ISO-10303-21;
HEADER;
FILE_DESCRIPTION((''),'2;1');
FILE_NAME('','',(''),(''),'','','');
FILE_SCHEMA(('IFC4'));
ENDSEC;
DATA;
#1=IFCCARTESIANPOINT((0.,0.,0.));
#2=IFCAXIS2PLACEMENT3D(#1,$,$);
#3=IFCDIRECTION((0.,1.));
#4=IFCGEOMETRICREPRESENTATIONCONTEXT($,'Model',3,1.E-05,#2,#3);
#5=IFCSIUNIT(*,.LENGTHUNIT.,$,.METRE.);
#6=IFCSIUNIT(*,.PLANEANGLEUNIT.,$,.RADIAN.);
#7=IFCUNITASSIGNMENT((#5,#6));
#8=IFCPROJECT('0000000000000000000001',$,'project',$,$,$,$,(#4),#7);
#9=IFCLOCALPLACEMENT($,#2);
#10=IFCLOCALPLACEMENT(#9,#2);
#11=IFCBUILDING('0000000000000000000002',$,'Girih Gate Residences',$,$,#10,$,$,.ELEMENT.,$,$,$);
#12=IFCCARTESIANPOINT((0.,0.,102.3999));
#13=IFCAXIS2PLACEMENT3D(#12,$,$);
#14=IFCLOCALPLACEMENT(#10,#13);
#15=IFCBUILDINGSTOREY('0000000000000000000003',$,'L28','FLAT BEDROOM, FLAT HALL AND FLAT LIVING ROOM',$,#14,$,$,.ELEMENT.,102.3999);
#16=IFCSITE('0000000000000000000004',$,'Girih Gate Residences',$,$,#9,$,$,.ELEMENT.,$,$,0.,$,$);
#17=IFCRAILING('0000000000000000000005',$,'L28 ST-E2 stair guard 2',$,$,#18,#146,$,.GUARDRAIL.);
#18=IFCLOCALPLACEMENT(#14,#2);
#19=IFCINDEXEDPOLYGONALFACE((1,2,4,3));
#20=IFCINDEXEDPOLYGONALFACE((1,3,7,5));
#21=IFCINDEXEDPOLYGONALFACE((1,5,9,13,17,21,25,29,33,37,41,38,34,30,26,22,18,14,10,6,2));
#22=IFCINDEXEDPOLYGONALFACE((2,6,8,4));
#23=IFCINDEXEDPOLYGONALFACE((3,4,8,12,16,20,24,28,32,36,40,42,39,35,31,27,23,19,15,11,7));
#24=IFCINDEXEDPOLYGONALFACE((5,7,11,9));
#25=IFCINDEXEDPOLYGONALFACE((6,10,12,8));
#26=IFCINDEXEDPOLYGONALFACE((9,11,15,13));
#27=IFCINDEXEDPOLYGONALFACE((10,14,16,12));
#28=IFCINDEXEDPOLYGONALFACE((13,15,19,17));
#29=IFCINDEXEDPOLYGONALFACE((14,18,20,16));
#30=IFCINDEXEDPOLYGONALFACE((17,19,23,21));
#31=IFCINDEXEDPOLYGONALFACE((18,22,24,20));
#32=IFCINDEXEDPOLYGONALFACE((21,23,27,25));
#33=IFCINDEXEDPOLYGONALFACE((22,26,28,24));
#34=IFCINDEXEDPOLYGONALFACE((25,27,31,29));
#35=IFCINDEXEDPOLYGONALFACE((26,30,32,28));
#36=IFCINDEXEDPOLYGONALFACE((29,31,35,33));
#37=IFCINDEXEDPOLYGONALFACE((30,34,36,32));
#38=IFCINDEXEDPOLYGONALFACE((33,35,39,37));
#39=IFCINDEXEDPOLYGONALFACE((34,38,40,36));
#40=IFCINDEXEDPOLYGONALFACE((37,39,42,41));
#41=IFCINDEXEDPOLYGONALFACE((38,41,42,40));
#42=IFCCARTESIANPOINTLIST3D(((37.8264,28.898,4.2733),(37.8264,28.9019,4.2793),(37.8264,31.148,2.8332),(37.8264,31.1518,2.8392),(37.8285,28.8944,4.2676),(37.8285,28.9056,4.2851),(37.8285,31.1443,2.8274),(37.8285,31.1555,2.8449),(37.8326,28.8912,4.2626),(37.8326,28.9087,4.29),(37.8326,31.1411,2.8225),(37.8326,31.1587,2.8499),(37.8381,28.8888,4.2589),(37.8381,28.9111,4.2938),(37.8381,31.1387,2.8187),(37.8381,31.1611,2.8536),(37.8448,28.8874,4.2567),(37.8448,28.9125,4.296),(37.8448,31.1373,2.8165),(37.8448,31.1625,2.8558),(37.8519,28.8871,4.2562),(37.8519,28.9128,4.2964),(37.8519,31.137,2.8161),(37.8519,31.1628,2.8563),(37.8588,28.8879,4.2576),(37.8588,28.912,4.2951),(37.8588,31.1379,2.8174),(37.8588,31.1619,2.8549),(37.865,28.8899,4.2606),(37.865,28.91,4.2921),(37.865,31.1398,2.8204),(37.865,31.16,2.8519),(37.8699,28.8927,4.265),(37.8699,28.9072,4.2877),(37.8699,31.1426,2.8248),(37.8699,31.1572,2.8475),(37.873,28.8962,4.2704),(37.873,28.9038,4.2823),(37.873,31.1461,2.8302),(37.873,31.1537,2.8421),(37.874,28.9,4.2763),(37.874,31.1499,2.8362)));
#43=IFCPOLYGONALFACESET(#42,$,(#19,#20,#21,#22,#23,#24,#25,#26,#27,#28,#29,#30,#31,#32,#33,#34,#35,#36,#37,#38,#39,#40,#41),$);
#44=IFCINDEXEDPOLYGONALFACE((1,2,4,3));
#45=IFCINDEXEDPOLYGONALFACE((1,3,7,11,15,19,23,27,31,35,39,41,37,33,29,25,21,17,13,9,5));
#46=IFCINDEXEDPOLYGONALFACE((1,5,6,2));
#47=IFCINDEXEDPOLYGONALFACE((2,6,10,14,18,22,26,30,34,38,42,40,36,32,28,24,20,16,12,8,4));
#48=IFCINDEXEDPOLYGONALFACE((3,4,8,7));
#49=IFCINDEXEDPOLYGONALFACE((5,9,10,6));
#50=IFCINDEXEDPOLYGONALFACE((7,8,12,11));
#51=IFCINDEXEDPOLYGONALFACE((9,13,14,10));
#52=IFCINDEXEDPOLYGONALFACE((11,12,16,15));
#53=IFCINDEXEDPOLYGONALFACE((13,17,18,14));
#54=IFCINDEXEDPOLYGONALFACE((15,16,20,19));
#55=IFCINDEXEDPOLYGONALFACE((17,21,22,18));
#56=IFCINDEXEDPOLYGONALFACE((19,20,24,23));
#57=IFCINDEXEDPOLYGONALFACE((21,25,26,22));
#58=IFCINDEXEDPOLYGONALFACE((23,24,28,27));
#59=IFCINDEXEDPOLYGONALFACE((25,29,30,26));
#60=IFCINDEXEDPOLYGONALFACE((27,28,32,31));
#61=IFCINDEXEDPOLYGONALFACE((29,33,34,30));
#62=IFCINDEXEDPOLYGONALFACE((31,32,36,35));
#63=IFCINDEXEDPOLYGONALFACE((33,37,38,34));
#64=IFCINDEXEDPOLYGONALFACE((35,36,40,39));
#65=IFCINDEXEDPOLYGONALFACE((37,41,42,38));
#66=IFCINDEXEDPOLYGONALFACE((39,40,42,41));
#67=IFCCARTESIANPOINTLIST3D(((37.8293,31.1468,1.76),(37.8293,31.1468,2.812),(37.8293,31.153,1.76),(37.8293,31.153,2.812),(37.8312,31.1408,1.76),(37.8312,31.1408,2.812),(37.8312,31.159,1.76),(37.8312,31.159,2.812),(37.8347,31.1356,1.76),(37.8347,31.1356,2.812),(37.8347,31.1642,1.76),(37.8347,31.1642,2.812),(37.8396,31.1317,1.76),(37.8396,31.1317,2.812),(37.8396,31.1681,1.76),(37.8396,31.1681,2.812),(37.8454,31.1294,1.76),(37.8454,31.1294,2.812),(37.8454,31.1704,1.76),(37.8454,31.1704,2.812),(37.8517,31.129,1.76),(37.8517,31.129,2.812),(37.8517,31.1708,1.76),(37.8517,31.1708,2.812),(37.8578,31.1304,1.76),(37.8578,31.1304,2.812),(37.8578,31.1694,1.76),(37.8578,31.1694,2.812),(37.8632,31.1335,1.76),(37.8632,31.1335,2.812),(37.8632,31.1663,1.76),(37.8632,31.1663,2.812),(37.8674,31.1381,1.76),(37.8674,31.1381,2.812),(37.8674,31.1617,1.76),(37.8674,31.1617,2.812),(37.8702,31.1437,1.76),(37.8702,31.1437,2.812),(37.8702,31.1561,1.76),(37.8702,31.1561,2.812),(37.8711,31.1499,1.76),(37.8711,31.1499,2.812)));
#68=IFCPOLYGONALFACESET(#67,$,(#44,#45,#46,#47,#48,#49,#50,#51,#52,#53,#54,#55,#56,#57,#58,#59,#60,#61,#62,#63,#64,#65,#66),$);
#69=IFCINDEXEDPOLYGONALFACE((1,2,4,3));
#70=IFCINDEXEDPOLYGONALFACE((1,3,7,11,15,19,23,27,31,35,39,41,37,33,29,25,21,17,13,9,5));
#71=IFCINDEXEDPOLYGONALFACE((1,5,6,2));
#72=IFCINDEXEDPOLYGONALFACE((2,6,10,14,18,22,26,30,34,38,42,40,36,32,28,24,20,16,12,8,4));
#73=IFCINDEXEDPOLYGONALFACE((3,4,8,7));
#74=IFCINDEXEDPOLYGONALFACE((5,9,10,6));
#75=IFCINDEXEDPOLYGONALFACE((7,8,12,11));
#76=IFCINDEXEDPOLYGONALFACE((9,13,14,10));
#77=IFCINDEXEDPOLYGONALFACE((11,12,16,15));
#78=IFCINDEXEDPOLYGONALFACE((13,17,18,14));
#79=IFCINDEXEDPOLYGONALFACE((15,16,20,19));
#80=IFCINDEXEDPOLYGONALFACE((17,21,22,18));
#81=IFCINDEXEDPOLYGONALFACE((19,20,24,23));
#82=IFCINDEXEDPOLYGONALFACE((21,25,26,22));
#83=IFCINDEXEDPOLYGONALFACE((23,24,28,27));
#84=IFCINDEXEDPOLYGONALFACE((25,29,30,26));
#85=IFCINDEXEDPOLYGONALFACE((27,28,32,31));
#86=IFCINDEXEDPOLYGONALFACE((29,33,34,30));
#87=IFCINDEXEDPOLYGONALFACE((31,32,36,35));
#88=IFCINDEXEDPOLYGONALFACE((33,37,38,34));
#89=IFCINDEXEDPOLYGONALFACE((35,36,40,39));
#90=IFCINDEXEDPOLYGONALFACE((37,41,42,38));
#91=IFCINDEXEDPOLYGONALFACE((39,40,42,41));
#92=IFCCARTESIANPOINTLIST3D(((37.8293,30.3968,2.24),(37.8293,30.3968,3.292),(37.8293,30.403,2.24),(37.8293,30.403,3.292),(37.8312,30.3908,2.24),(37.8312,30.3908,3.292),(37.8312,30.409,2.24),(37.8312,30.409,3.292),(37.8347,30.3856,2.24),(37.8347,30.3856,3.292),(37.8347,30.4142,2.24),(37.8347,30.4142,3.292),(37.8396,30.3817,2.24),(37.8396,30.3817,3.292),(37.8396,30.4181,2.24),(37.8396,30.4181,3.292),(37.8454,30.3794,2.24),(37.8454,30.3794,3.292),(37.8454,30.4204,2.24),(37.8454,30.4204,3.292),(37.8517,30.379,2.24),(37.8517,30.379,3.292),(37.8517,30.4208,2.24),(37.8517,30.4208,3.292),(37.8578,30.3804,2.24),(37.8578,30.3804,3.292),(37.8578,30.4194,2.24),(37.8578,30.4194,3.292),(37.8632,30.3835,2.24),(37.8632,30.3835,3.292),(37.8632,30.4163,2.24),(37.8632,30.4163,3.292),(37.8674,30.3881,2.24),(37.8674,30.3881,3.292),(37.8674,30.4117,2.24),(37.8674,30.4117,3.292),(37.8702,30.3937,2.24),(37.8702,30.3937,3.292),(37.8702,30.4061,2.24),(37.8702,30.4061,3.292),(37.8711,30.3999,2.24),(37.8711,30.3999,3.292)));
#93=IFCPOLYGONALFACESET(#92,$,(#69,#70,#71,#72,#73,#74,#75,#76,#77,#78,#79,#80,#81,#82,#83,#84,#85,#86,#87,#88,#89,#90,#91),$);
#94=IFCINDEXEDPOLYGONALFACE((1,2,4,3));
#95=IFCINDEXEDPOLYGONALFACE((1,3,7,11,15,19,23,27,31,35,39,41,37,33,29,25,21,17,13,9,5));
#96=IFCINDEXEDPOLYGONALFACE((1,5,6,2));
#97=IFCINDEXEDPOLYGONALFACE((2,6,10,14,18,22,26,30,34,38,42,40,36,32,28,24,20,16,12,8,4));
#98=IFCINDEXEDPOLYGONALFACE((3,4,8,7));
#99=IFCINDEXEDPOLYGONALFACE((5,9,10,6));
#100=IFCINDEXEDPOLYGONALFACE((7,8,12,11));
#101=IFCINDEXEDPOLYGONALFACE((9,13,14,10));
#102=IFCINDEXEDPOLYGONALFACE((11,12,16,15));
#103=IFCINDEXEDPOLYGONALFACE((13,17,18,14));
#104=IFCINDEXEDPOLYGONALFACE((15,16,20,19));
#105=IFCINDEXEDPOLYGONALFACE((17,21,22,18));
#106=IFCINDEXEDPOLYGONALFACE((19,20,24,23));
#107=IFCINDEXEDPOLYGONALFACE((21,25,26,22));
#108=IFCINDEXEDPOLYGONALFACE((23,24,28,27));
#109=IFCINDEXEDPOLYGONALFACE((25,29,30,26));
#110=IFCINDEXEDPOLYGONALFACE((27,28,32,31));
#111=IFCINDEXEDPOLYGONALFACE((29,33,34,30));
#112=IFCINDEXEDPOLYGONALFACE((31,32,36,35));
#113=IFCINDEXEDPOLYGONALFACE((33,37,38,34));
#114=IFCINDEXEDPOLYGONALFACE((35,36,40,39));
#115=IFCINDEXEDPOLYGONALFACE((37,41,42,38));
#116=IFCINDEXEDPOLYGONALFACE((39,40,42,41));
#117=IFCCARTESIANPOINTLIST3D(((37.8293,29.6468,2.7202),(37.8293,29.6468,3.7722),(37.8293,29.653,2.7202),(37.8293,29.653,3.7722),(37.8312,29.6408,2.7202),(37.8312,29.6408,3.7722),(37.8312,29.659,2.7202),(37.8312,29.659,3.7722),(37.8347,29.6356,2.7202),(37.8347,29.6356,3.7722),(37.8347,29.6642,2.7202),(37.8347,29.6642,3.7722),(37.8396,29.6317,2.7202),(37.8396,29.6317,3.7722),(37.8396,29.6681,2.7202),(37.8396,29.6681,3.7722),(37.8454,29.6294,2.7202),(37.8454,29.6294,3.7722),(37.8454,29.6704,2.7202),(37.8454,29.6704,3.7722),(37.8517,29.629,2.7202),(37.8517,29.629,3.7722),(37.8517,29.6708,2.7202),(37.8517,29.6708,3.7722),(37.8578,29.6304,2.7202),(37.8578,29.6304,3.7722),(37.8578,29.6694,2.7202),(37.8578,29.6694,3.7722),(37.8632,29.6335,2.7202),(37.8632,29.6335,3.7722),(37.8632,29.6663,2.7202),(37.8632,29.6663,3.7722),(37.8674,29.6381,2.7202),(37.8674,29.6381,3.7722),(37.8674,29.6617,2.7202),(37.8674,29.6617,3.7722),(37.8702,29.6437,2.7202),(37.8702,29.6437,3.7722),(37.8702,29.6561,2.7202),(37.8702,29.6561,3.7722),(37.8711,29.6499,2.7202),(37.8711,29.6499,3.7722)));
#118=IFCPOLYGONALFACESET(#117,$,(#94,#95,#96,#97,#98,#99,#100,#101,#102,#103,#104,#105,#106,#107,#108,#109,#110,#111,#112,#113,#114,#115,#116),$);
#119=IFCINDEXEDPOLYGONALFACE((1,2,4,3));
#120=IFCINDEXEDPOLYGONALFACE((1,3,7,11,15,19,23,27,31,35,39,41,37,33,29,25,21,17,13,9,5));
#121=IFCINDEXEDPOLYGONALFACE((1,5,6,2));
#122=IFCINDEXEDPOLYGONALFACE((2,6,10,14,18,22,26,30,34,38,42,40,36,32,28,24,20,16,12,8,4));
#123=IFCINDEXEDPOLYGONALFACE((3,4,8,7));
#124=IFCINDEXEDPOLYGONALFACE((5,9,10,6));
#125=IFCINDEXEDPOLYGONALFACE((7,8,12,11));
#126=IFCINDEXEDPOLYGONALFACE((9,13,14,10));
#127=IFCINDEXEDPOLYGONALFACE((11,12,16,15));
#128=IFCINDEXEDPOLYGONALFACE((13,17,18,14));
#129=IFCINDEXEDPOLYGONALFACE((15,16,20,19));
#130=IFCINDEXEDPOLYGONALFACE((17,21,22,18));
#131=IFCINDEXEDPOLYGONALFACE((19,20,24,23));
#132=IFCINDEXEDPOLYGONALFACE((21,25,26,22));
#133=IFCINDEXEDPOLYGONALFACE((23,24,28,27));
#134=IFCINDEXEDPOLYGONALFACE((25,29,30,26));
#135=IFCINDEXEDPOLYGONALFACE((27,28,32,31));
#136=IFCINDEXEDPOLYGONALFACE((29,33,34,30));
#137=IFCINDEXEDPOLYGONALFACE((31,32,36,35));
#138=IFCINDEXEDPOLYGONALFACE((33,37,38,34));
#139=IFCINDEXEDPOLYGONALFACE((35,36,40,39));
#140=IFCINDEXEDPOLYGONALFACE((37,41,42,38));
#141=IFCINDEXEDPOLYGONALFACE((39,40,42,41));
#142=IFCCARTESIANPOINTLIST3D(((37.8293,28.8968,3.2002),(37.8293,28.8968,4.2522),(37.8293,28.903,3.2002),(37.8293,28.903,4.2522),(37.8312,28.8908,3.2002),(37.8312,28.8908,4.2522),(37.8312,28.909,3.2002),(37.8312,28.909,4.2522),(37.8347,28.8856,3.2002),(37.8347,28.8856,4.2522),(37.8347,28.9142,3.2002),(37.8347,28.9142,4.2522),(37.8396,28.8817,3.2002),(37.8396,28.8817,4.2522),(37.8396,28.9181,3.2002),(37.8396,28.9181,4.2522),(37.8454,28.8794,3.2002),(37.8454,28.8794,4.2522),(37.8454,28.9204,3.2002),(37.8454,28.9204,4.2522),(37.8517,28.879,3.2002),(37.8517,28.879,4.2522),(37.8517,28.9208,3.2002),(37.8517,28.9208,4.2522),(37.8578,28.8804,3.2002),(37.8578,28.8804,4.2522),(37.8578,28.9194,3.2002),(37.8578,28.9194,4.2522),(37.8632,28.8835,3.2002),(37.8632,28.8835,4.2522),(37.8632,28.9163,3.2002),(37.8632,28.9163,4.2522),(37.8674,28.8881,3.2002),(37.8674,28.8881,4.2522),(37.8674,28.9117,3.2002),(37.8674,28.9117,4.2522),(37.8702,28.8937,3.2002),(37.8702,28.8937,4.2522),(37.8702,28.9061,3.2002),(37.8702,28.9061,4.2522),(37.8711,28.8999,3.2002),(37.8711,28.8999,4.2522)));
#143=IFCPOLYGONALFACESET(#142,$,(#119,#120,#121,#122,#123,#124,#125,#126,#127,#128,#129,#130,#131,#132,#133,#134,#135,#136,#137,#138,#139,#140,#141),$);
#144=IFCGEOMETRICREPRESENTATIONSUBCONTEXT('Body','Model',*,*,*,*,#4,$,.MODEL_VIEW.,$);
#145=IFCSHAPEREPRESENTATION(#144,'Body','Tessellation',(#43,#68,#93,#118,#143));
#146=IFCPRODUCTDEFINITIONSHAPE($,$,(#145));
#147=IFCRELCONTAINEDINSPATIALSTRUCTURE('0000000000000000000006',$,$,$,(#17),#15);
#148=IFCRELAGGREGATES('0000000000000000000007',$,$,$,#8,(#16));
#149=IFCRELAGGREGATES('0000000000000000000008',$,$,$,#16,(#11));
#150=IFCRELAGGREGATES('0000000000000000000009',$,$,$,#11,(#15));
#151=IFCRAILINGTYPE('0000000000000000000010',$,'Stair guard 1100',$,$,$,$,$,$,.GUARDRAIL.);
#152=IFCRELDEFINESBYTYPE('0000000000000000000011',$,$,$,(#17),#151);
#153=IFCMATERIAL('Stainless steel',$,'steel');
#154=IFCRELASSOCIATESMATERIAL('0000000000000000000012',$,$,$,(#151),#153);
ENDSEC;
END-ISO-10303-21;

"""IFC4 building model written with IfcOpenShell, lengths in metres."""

from ifc_helpers import new_model, si_unit, direction, frame, origin, origin_2d, place, context, subcontext, project, spatial, circle, extrude, material, type_object, element, save


model = new_model("IFC4")

# Units and contexts
model_context = context("Model", 3, precision=1e-05, world=origin(), true_north=direction((0.0, 1.0)))
body_context = subcontext(model_context, "Body", "Model", "MODEL_VIEW")
ifc_project = project(units=[si_unit("LENGTHUNIT", "METRE"), si_unit("PLANEANGLEUNIT", "RADIAN")], contexts=[model_context])

# Site, building, storey
site_placement = place(None, origin())
site = spatial("IfcSite", under=ifc_project, at=site_placement, Name="Girih Gate Residences", CompositionType="ELEMENT", RefElevation=0.0)
building_placement = place(site_placement, origin())
building = spatial("IfcBuilding", under=site, at=building_placement, Name="Girih Gate Residences", CompositionType="ELEMENT")
storey_placement = place(building_placement, frame((0.0, 0.0, 102.3999)))
storey = spatial("IfcBuildingStorey", under=building, at=storey_placement, Name="L28", Description="FLAT BEDROOM, FLAT HALL AND FLAT LIVING ROOM", CompositionType="ELEMENT", Elevation=102.3999)

# Shared definitions
ifc_material_1 = material(Name="Stainless steel", Category="steel")

# Railing
railing_type_1 = type_object("IfcRailingType", Name="Stair guard 1100", PredefinedType="GUARDRAIL", material=ifc_material_1)
railing_1_placement = place(storey_placement, frame((37.8501, 31.1499, 1.76)))
element("IfcRailing", 1, at=railing_1_placement, inside=storey, type_object=railing_type_1, Name="L28 ST-E2 stair guard 2", PredefinedType="GUARDRAIL", context=body_context, shape_type="SweptSolid", body=[
    extrude(circle(Radius=0.0239, at=origin_2d()), frame((0.0, 0.0, 1.0762), z_axis=(0.0, -0.84224, 0.539103), x_axis=(1.0, 0.0, 0.0)), (0.0, 0.0, 1.0), 2.6714),
    extrude(circle(Radius=0.021, at=origin_2d()), origin(), (0.0, 0.0, 1.0), 1.052),
    extrude(circle(Radius=0.021, at=origin_2d()), frame((0.0, -0.75, 0.48)), (0.0, 0.0, 1.0), 1.052),
    extrude(circle(Radius=0.021, at=origin_2d()), frame((0.0, -1.5, 0.9602)), (0.0, 0.0, 1.0), 1.052),
    extrude(circle(Radius=0.021, at=origin_2d()), frame((0.0, -2.25, 1.4402)), (0.0, 0.0, 1.0), 1.052),
])

save(model, "model.ifc")
